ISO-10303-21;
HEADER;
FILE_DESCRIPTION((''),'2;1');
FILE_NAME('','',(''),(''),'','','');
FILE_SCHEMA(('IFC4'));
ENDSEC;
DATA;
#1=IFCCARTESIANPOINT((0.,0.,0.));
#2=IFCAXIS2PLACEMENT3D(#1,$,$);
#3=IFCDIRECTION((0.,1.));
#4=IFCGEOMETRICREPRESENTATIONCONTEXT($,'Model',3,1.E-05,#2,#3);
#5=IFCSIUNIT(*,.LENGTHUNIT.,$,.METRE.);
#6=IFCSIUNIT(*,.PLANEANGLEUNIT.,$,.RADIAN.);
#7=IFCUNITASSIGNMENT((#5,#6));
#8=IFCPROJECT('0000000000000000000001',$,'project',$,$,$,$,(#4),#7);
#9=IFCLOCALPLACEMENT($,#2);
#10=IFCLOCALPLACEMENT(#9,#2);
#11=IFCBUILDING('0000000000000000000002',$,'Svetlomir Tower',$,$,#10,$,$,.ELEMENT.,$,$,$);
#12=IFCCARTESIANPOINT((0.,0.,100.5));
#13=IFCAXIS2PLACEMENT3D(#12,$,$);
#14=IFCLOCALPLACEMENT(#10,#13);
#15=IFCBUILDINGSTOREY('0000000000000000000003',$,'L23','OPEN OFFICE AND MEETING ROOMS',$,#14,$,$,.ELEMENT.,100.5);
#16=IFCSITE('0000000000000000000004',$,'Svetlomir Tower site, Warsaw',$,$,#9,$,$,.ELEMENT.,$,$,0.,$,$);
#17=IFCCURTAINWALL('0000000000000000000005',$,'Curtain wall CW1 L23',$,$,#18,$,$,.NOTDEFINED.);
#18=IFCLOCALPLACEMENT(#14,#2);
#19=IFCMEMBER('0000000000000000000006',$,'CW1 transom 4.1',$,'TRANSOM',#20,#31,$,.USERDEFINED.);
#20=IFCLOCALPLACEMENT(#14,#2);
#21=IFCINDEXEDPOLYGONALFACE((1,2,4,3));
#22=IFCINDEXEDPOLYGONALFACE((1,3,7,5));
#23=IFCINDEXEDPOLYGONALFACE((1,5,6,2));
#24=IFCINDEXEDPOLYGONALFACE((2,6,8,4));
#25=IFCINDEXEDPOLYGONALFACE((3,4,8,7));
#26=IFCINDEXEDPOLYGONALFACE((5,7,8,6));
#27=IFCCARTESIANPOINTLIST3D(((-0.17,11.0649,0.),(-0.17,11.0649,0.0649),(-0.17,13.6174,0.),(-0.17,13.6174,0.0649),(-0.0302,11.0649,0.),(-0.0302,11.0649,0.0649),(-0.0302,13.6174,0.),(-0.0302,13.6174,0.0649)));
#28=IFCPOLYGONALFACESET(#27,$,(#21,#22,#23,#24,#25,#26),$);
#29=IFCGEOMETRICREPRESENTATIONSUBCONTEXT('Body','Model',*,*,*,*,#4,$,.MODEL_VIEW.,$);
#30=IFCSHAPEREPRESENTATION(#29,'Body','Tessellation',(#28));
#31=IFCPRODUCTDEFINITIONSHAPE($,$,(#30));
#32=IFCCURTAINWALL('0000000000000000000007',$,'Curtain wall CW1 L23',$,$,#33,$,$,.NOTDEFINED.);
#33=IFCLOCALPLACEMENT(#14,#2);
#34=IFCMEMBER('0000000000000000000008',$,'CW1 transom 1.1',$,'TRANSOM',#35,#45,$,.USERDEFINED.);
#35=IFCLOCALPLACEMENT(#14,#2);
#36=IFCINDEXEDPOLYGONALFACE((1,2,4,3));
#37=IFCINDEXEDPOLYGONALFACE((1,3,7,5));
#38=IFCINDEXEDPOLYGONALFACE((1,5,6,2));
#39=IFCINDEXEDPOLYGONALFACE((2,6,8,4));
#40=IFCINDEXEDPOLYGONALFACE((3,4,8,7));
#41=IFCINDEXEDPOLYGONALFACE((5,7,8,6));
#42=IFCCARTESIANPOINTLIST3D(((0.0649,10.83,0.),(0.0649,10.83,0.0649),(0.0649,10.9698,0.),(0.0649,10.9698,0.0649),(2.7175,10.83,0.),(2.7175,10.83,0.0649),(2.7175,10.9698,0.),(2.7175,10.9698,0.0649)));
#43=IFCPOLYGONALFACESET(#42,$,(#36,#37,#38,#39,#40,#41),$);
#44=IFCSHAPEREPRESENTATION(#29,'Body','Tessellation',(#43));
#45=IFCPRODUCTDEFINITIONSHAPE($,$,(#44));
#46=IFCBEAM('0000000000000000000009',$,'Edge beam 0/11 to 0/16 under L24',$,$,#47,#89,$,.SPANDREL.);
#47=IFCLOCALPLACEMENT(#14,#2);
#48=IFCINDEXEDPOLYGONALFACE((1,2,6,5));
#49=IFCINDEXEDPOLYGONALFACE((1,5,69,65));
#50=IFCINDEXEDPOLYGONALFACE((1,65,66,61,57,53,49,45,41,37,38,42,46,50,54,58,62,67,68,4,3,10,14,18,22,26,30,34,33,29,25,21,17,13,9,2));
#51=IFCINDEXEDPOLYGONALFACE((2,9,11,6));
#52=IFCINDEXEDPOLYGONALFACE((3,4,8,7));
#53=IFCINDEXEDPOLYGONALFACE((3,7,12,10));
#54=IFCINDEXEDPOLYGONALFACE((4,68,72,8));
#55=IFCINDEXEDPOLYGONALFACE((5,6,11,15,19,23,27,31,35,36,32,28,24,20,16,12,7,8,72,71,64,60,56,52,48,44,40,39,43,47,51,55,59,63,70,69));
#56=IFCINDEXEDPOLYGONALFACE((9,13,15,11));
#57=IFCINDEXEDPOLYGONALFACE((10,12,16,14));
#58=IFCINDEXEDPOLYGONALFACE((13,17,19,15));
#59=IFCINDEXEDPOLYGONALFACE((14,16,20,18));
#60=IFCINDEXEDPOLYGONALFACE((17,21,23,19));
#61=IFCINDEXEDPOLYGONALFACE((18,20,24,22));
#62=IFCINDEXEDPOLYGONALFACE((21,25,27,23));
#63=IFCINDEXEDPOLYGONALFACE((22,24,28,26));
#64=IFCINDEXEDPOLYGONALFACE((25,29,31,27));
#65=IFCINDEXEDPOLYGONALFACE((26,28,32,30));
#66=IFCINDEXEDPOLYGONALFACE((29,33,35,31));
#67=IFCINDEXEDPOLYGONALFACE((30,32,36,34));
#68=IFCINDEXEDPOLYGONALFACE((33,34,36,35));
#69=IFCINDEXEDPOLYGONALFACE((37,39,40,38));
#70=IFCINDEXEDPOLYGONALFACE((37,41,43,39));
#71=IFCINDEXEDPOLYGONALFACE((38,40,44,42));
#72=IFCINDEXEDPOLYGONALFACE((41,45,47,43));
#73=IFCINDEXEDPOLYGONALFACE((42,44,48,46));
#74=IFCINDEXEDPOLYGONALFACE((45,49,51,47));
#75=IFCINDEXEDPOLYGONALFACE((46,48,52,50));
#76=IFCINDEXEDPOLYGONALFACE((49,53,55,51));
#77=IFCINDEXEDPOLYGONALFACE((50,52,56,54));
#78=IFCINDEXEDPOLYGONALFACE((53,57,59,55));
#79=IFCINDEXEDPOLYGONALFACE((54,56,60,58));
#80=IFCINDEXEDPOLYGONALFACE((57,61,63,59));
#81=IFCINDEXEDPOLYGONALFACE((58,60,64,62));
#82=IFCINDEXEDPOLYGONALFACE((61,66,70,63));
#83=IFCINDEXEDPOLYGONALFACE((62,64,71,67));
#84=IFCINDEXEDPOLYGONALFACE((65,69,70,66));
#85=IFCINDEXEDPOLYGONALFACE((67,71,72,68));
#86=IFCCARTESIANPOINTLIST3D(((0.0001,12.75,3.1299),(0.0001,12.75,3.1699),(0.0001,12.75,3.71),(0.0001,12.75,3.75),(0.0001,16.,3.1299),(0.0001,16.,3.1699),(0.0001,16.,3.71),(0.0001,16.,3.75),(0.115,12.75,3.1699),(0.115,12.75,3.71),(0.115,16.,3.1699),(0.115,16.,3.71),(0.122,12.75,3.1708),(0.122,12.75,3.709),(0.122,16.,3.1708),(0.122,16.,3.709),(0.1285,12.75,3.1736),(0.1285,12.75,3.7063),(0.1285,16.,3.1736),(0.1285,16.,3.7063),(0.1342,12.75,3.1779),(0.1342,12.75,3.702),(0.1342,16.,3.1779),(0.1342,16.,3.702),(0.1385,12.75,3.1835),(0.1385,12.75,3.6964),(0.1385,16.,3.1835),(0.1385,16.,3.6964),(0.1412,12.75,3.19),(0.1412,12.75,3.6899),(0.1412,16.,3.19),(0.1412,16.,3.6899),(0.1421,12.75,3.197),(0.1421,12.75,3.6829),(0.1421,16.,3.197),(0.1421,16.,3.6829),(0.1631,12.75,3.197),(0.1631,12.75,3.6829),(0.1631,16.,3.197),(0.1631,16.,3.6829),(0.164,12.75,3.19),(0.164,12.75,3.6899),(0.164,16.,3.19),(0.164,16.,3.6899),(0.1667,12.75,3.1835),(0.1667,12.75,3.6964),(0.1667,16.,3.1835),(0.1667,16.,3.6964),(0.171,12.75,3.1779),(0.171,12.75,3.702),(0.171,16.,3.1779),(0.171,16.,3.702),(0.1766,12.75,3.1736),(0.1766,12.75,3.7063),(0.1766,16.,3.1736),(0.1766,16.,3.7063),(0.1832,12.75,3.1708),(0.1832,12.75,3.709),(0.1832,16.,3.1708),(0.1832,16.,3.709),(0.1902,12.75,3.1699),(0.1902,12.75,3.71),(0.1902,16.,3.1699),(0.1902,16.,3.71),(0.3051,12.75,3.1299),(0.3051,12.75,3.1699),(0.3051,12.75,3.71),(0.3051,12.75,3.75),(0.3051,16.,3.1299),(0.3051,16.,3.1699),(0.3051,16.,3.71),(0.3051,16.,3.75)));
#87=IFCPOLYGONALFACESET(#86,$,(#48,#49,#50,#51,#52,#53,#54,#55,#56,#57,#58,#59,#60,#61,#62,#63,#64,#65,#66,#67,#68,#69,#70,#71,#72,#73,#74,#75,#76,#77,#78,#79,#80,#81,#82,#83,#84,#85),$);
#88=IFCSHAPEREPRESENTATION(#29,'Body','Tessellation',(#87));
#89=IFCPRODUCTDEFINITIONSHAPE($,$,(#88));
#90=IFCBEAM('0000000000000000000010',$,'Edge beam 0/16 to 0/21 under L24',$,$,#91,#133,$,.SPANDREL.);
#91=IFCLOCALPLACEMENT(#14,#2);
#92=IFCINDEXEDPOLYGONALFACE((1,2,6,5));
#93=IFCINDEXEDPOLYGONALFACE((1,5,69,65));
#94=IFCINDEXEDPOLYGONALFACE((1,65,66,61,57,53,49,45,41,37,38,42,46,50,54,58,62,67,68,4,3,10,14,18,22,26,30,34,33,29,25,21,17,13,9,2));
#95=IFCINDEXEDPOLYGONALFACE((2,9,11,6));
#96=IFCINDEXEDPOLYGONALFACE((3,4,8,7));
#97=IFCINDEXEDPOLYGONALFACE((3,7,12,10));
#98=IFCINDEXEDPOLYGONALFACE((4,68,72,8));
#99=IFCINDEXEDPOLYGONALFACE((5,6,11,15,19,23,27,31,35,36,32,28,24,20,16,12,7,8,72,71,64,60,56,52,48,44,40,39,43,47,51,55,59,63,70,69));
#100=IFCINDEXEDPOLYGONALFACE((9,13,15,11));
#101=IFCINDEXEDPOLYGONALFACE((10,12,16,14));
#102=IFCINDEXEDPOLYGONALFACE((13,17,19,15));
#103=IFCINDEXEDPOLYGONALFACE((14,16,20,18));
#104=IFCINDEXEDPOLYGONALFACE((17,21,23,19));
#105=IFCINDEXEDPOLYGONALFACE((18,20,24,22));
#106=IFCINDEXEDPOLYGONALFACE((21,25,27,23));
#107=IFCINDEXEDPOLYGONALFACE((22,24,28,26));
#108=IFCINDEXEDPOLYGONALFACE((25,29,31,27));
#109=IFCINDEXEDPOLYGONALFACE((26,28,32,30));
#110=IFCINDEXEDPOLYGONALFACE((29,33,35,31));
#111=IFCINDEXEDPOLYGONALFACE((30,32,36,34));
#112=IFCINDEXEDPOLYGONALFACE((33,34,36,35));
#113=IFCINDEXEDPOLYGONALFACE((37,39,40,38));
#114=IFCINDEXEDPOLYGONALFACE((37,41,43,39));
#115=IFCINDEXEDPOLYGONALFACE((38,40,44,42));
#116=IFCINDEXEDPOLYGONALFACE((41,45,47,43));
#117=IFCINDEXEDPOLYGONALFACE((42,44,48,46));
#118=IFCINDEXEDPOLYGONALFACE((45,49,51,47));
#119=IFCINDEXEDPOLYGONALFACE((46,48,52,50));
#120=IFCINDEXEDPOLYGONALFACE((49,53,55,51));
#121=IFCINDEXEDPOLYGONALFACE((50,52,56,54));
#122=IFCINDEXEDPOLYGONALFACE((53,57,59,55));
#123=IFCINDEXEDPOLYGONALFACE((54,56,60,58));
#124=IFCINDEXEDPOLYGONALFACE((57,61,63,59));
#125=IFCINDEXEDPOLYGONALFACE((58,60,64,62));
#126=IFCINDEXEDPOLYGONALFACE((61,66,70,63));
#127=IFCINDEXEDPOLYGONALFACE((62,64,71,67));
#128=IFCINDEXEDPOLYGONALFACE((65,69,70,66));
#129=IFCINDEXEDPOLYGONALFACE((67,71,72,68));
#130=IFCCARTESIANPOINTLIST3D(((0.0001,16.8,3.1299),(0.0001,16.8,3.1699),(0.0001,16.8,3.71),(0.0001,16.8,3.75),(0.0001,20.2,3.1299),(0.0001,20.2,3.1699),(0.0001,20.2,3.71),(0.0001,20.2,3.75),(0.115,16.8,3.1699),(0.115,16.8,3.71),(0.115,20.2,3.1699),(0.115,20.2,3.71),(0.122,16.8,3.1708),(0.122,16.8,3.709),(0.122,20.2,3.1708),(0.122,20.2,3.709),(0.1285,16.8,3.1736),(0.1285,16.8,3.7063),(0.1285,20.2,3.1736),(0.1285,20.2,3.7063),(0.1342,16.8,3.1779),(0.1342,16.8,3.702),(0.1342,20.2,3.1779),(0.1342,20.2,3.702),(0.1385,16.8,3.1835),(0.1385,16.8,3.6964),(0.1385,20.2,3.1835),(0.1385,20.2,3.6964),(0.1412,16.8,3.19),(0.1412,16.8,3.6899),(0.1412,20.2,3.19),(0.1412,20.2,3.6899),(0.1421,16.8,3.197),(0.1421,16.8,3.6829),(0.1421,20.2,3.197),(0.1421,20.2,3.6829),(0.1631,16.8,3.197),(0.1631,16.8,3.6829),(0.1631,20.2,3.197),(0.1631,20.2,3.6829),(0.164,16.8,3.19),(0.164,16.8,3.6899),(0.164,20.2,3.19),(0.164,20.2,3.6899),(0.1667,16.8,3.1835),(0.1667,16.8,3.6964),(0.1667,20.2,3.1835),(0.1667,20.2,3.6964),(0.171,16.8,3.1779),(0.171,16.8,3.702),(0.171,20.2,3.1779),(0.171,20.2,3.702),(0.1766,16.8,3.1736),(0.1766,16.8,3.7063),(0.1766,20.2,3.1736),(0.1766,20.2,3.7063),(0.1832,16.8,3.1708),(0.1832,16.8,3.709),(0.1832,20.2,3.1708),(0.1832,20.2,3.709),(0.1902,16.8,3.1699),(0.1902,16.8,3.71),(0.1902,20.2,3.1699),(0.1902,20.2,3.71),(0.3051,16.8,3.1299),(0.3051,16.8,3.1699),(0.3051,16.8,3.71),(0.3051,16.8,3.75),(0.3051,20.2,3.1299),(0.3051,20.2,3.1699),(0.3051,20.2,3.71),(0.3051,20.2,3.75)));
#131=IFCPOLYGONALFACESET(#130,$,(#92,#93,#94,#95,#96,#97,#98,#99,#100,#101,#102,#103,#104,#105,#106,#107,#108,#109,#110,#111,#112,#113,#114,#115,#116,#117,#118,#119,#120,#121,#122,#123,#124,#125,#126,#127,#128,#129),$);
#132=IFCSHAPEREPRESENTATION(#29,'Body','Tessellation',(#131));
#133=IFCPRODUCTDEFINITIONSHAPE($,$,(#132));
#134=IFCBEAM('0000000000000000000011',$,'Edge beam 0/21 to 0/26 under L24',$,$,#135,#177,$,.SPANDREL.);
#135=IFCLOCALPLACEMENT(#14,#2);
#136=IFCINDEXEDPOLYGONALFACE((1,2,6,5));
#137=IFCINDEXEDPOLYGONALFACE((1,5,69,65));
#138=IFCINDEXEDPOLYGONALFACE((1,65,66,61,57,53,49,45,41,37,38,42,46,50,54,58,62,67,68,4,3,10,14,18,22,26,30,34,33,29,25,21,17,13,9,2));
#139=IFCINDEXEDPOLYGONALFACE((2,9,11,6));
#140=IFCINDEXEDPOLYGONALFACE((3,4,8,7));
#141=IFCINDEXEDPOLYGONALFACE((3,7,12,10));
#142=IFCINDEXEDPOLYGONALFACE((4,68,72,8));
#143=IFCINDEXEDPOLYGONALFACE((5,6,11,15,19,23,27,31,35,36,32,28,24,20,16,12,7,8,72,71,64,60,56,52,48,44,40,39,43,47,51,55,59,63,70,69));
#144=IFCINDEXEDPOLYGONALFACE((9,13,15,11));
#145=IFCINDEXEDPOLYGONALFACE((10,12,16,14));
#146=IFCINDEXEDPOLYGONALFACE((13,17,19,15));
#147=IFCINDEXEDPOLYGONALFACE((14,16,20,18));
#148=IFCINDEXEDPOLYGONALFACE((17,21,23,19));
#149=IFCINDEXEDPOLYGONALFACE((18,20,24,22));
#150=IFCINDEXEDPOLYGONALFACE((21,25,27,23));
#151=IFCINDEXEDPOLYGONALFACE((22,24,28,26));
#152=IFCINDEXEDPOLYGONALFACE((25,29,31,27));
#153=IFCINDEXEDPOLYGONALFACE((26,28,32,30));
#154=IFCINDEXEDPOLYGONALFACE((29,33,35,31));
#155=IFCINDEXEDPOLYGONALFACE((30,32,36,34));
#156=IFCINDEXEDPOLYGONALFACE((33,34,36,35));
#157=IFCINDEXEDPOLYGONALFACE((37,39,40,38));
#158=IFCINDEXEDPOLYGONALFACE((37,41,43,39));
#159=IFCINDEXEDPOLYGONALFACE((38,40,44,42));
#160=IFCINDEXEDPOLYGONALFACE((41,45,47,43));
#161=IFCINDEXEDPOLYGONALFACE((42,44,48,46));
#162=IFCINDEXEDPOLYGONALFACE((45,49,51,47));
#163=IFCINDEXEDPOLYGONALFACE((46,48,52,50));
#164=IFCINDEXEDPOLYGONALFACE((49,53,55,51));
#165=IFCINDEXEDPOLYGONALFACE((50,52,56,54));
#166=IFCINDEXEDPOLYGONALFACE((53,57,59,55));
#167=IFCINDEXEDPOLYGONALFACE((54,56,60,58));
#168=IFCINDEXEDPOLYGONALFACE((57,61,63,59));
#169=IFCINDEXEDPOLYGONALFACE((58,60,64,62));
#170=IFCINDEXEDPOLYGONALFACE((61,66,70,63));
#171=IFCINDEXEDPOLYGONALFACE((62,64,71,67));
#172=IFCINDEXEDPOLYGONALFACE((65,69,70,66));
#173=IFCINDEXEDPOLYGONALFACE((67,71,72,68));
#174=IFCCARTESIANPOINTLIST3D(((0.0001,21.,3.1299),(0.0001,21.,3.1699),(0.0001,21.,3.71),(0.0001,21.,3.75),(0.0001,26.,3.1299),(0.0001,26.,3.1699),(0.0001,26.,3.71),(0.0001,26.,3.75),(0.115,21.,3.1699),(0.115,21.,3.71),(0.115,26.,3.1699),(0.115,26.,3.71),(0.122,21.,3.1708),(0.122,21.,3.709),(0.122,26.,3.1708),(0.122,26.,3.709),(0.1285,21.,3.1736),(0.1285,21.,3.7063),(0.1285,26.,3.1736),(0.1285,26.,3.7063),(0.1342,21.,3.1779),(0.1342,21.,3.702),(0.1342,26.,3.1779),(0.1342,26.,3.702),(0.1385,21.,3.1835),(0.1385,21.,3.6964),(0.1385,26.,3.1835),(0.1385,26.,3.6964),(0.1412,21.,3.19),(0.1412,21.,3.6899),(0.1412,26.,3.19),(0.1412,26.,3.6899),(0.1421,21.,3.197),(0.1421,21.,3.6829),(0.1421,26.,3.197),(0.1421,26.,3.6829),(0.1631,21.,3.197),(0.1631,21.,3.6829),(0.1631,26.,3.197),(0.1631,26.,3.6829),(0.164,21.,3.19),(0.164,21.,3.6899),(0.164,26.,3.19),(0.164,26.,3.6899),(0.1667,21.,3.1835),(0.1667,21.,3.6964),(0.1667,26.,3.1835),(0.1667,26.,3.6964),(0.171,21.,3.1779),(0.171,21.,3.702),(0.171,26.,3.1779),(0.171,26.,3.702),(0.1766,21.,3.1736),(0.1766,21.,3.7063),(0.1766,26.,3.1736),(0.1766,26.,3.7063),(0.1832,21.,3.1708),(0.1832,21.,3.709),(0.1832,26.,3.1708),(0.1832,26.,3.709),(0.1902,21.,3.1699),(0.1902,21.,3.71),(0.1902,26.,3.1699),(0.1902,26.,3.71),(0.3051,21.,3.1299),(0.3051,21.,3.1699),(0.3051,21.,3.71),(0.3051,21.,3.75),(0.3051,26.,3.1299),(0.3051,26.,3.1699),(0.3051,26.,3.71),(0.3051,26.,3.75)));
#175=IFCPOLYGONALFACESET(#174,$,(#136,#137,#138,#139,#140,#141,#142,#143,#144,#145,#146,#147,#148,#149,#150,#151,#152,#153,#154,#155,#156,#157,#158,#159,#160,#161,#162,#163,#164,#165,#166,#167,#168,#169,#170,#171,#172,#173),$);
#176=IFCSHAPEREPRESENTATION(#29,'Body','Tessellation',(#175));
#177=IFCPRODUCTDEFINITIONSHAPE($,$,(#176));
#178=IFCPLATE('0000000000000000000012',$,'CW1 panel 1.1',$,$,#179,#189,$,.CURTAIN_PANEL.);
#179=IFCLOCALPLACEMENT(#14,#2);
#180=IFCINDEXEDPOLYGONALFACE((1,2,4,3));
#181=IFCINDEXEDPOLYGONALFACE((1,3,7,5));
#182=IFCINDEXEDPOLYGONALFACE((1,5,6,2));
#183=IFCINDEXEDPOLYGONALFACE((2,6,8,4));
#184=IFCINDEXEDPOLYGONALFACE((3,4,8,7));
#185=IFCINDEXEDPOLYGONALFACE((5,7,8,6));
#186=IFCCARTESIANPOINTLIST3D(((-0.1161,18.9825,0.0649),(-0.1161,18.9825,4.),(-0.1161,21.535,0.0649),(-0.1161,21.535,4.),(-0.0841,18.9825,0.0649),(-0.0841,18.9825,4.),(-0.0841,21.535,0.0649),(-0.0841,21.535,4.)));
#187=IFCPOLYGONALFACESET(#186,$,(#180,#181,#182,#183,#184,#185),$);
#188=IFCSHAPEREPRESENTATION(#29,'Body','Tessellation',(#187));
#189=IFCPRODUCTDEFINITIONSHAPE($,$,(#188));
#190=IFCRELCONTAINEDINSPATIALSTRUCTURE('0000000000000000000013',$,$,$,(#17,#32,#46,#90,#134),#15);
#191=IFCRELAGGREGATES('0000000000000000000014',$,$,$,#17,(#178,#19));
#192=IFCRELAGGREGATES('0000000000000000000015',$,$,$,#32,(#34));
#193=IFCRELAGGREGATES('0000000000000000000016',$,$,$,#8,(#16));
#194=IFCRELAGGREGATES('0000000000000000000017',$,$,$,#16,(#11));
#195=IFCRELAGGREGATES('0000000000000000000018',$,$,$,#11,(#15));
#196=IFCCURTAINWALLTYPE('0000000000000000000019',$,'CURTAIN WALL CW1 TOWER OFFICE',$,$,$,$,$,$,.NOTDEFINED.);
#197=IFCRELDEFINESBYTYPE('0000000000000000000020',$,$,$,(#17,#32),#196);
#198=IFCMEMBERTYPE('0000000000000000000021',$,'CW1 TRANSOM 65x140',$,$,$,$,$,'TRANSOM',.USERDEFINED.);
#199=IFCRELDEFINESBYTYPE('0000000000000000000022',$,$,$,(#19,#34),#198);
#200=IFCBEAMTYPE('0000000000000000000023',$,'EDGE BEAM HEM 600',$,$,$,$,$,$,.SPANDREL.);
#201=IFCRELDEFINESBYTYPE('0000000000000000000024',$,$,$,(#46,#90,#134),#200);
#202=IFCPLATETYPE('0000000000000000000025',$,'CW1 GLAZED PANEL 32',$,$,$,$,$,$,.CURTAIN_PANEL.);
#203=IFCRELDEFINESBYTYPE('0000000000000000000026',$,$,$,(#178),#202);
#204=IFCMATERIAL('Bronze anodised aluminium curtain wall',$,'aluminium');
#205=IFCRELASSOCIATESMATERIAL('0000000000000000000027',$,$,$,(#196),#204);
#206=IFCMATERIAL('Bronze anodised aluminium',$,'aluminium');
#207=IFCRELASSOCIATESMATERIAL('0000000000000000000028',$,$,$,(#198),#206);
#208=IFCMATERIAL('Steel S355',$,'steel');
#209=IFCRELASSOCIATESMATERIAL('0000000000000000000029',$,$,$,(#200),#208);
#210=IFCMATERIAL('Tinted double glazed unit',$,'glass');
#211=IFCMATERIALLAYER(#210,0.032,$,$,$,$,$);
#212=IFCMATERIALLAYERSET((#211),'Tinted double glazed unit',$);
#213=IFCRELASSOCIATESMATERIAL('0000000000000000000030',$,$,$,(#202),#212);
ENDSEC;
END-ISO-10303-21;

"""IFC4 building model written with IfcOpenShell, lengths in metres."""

from ifc_helpers import new_model, si_unit, direction, frame, origin, origin_2d, place, context, subcontext, project, spatial, rectangle, i_section, extrude, material, layer, layer_set, material_profile, profile_set, type_object, element, aggregate, save


model = new_model("IFC4")

# Units and contexts
model_context = context("Model", 3, precision=1e-05, world=origin(), true_north=direction((0.0, 1.0)))
body_context = subcontext(model_context, "Body", "Model", "MODEL_VIEW")
ifc_project = project(units=[si_unit("LENGTHUNIT", "METRE"), si_unit("PLANEANGLEUNIT", "RADIAN")], contexts=[model_context])

# Site, building, storey
site_placement = place(None, origin())
site = spatial("IfcSite", under=ifc_project, at=site_placement, Name="Svetlomir Tower site, Warsaw", CompositionType="ELEMENT", RefElevation=0.0)
building_placement = place(site_placement, origin())
building = spatial("IfcBuilding", under=site, at=building_placement, Name="Svetlomir Tower", CompositionType="ELEMENT")
storey_placement = place(building_placement, frame((0.0, 0.0, 100.5)))
storey = spatial("IfcBuildingStorey", under=building, at=storey_placement, Name="L23", Description="OPEN OFFICE AND MEETING ROOMS", CompositionType="ELEMENT", Elevation=100.5)

# Curtain wall, member
ifc_material_1 = material(Name="Bronze anodised aluminium curtain wall", Category="aluminium")
curtain_wall_type = type_object("IfcCurtainWallType", Name="CURTAIN WALL CW1 TOWER OFFICE", PredefinedType="NOTDEFINED", material=ifc_material_1)
curtain_wall_1_placement = place(storey_placement, origin())
curtain_wall_1 = element("IfcCurtainWall", 1, at=curtain_wall_1_placement, inside=storey, type_object=curtain_wall_type, Name="Curtain wall CW1 L23", PredefinedType="NOTDEFINED")
ifc_material_2 = material(Name="Bronze anodised aluminium", Category="aluminium")
ifc_material_profile_1 = material_profile(ifc_material_2, rectangle(XDim=0.1399, YDim=0.0649, at=origin_2d()), Name="AL 140x65")
ifc_profile_set_1 = profile_set([ifc_material_profile_1], Name="Bronze anodised aluminium 6063-T6")
member_type_1 = type_object("IfcMemberType", Name="CW1 TRANSOM 65x140", ElementType="TRANSOM", PredefinedType="USERDEFINED", material=ifc_profile_set_1)
member_1_placement = place(storey_placement, frame((-0.1001, 13.6174, 0.0325), z_axis=(0.0, -1.0, 0.0), x_axis=(1.0, 0.0, 0.0)))
member_1 = element("IfcMember", 2, at=member_1_placement, type_object=member_type_1, Name="CW1 transom 4.1", ObjectType="TRANSOM", PredefinedType="USERDEFINED", context=body_context, shape_type="SweptSolid", body=[
    extrude(rectangle(XDim=0.1399, YDim=0.0649, at=origin_2d()), origin(), (0.0, 0.0, 1.0), 2.5525),
])

# Curtain wall, member
curtain_wall_2_placement = place(storey_placement, origin())
curtain_wall_2 = element("IfcCurtainWall", 3, at=curtain_wall_2_placement, inside=storey, type_object=curtain_wall_type, Name="Curtain wall CW1 L23", PredefinedType="NOTDEFINED")
member_2_placement = place(storey_placement, frame((0.0649, 10.8999, 0.0325), z_axis=(1.0, 0.0, 0.0), x_axis=(0.0, 1.0, 0.0)))
member_2 = element("IfcMember", 4, at=member_2_placement, type_object=member_type_1, Name="CW1 transom 1.1", ObjectType="TRANSOM", PredefinedType="USERDEFINED", context=body_context, shape_type="SweptSolid", body=[
    extrude(rectangle(XDim=0.1399, YDim=0.0649, at=origin_2d()), origin(), (0.0, 0.0, 1.0), 2.6526),
])

# Beams
ifc_material_3 = material(Name="Steel S355", Category="steel")
ifc_material_profile_2 = material_profile(ifc_material_3, i_section(OverallWidth=0.3049, OverallDepth=0.6201, WebThickness=0.021, FlangeThickness=0.04, FilletRadius=0.0271, at=origin_2d()), Name="HEM 600")
ifc_profile_set_2 = profile_set([ifc_material_profile_2], Name="Steel S355")
beam_type_1 = type_object("IfcBeamType", Name="EDGE BEAM HEM 600", PredefinedType="SPANDREL", material=ifc_profile_set_2)
beam_1_placement = place(storey_placement, frame((0.1526, 12.75, 3.4399), z_axis=(0.0, 1.0, 0.0), x_axis=(-1.0, 0.0, 0.0)))
element("IfcBeam", 5, at=beam_1_placement, inside=storey, type_object=beam_type_1, Name="Edge beam 0/11 to 0/16 under L24", PredefinedType="SPANDREL", context=body_context, shape_type="SweptSolid", body=[
    extrude(i_section(OverallWidth=0.3049, OverallDepth=0.6201, WebThickness=0.021, FlangeThickness=0.04, FilletRadius=0.0271, at=origin_2d()), origin(), (0.0, 0.0, 1.0), 3.25),
])
beam_2_placement = place(storey_placement, frame((0.1526, 16.8, 3.4399), z_axis=(0.0, 1.0, 0.0), x_axis=(-1.0, 0.0, 0.0)))
element("IfcBeam", 6, at=beam_2_placement, inside=storey, type_object=beam_type_1, Name="Edge beam 0/16 to 0/21 under L24", PredefinedType="SPANDREL", context=body_context, shape_type="SweptSolid", body=[
    extrude(i_section(OverallWidth=0.3049, OverallDepth=0.6201, WebThickness=0.021, FlangeThickness=0.04, FilletRadius=0.0271, at=origin_2d()), origin(), (0.0, 0.0, 1.0), 3.3999),
])
beam_3_placement = place(storey_placement, frame((0.1526, 21.0, 3.4399), z_axis=(0.0, 1.0, 0.0), x_axis=(-1.0, 0.0, 0.0)))
element("IfcBeam", 7, at=beam_3_placement, inside=storey, type_object=beam_type_1, Name="Edge beam 0/21 to 0/26 under L24", PredefinedType="SPANDREL", context=body_context, shape_type="SweptSolid", body=[
    extrude(i_section(OverallWidth=0.3049, OverallDepth=0.6201, WebThickness=0.021, FlangeThickness=0.04, FilletRadius=0.0271, at=origin_2d()), origin(), (0.0, 0.0, 1.0), 5.0),
])

# Plate
ifc_material_4 = material(Name="Tinted double glazed unit", Category="glass")
ifc_layer_1 = layer(ifc_material_4, 0.032)
ifc_layer_set_1 = layer_set([ifc_layer_1], Name="Tinted double glazed unit")
plate_type = type_object("IfcPlateType", Name="CW1 GLAZED PANEL 32", PredefinedType="CURTAIN_PANEL", material=ifc_layer_set_1)
plate_1_placement = place(storey_placement, frame((-0.1001, 20.2588, 0.0649), z_axis=(0.0, 0.0, 1.0), x_axis=(0.0, -1.0, 0.0)))
plate_1 = element("IfcPlate", 8, at=plate_1_placement, type_object=plate_type, Name="CW1 panel 1.1", PredefinedType="CURTAIN_PANEL", context=body_context, shape_type="SweptSolid", body=[
    extrude(rectangle(XDim=2.5525, YDim=0.032, at=origin_2d()), origin(), (0.0, 0.0, 1.0), 3.9351),
])
aggregate(curtain_wall_1, [plate_1, member_1])
aggregate(curtain_wall_2, [member_2])

save(model, "model.ifc")
